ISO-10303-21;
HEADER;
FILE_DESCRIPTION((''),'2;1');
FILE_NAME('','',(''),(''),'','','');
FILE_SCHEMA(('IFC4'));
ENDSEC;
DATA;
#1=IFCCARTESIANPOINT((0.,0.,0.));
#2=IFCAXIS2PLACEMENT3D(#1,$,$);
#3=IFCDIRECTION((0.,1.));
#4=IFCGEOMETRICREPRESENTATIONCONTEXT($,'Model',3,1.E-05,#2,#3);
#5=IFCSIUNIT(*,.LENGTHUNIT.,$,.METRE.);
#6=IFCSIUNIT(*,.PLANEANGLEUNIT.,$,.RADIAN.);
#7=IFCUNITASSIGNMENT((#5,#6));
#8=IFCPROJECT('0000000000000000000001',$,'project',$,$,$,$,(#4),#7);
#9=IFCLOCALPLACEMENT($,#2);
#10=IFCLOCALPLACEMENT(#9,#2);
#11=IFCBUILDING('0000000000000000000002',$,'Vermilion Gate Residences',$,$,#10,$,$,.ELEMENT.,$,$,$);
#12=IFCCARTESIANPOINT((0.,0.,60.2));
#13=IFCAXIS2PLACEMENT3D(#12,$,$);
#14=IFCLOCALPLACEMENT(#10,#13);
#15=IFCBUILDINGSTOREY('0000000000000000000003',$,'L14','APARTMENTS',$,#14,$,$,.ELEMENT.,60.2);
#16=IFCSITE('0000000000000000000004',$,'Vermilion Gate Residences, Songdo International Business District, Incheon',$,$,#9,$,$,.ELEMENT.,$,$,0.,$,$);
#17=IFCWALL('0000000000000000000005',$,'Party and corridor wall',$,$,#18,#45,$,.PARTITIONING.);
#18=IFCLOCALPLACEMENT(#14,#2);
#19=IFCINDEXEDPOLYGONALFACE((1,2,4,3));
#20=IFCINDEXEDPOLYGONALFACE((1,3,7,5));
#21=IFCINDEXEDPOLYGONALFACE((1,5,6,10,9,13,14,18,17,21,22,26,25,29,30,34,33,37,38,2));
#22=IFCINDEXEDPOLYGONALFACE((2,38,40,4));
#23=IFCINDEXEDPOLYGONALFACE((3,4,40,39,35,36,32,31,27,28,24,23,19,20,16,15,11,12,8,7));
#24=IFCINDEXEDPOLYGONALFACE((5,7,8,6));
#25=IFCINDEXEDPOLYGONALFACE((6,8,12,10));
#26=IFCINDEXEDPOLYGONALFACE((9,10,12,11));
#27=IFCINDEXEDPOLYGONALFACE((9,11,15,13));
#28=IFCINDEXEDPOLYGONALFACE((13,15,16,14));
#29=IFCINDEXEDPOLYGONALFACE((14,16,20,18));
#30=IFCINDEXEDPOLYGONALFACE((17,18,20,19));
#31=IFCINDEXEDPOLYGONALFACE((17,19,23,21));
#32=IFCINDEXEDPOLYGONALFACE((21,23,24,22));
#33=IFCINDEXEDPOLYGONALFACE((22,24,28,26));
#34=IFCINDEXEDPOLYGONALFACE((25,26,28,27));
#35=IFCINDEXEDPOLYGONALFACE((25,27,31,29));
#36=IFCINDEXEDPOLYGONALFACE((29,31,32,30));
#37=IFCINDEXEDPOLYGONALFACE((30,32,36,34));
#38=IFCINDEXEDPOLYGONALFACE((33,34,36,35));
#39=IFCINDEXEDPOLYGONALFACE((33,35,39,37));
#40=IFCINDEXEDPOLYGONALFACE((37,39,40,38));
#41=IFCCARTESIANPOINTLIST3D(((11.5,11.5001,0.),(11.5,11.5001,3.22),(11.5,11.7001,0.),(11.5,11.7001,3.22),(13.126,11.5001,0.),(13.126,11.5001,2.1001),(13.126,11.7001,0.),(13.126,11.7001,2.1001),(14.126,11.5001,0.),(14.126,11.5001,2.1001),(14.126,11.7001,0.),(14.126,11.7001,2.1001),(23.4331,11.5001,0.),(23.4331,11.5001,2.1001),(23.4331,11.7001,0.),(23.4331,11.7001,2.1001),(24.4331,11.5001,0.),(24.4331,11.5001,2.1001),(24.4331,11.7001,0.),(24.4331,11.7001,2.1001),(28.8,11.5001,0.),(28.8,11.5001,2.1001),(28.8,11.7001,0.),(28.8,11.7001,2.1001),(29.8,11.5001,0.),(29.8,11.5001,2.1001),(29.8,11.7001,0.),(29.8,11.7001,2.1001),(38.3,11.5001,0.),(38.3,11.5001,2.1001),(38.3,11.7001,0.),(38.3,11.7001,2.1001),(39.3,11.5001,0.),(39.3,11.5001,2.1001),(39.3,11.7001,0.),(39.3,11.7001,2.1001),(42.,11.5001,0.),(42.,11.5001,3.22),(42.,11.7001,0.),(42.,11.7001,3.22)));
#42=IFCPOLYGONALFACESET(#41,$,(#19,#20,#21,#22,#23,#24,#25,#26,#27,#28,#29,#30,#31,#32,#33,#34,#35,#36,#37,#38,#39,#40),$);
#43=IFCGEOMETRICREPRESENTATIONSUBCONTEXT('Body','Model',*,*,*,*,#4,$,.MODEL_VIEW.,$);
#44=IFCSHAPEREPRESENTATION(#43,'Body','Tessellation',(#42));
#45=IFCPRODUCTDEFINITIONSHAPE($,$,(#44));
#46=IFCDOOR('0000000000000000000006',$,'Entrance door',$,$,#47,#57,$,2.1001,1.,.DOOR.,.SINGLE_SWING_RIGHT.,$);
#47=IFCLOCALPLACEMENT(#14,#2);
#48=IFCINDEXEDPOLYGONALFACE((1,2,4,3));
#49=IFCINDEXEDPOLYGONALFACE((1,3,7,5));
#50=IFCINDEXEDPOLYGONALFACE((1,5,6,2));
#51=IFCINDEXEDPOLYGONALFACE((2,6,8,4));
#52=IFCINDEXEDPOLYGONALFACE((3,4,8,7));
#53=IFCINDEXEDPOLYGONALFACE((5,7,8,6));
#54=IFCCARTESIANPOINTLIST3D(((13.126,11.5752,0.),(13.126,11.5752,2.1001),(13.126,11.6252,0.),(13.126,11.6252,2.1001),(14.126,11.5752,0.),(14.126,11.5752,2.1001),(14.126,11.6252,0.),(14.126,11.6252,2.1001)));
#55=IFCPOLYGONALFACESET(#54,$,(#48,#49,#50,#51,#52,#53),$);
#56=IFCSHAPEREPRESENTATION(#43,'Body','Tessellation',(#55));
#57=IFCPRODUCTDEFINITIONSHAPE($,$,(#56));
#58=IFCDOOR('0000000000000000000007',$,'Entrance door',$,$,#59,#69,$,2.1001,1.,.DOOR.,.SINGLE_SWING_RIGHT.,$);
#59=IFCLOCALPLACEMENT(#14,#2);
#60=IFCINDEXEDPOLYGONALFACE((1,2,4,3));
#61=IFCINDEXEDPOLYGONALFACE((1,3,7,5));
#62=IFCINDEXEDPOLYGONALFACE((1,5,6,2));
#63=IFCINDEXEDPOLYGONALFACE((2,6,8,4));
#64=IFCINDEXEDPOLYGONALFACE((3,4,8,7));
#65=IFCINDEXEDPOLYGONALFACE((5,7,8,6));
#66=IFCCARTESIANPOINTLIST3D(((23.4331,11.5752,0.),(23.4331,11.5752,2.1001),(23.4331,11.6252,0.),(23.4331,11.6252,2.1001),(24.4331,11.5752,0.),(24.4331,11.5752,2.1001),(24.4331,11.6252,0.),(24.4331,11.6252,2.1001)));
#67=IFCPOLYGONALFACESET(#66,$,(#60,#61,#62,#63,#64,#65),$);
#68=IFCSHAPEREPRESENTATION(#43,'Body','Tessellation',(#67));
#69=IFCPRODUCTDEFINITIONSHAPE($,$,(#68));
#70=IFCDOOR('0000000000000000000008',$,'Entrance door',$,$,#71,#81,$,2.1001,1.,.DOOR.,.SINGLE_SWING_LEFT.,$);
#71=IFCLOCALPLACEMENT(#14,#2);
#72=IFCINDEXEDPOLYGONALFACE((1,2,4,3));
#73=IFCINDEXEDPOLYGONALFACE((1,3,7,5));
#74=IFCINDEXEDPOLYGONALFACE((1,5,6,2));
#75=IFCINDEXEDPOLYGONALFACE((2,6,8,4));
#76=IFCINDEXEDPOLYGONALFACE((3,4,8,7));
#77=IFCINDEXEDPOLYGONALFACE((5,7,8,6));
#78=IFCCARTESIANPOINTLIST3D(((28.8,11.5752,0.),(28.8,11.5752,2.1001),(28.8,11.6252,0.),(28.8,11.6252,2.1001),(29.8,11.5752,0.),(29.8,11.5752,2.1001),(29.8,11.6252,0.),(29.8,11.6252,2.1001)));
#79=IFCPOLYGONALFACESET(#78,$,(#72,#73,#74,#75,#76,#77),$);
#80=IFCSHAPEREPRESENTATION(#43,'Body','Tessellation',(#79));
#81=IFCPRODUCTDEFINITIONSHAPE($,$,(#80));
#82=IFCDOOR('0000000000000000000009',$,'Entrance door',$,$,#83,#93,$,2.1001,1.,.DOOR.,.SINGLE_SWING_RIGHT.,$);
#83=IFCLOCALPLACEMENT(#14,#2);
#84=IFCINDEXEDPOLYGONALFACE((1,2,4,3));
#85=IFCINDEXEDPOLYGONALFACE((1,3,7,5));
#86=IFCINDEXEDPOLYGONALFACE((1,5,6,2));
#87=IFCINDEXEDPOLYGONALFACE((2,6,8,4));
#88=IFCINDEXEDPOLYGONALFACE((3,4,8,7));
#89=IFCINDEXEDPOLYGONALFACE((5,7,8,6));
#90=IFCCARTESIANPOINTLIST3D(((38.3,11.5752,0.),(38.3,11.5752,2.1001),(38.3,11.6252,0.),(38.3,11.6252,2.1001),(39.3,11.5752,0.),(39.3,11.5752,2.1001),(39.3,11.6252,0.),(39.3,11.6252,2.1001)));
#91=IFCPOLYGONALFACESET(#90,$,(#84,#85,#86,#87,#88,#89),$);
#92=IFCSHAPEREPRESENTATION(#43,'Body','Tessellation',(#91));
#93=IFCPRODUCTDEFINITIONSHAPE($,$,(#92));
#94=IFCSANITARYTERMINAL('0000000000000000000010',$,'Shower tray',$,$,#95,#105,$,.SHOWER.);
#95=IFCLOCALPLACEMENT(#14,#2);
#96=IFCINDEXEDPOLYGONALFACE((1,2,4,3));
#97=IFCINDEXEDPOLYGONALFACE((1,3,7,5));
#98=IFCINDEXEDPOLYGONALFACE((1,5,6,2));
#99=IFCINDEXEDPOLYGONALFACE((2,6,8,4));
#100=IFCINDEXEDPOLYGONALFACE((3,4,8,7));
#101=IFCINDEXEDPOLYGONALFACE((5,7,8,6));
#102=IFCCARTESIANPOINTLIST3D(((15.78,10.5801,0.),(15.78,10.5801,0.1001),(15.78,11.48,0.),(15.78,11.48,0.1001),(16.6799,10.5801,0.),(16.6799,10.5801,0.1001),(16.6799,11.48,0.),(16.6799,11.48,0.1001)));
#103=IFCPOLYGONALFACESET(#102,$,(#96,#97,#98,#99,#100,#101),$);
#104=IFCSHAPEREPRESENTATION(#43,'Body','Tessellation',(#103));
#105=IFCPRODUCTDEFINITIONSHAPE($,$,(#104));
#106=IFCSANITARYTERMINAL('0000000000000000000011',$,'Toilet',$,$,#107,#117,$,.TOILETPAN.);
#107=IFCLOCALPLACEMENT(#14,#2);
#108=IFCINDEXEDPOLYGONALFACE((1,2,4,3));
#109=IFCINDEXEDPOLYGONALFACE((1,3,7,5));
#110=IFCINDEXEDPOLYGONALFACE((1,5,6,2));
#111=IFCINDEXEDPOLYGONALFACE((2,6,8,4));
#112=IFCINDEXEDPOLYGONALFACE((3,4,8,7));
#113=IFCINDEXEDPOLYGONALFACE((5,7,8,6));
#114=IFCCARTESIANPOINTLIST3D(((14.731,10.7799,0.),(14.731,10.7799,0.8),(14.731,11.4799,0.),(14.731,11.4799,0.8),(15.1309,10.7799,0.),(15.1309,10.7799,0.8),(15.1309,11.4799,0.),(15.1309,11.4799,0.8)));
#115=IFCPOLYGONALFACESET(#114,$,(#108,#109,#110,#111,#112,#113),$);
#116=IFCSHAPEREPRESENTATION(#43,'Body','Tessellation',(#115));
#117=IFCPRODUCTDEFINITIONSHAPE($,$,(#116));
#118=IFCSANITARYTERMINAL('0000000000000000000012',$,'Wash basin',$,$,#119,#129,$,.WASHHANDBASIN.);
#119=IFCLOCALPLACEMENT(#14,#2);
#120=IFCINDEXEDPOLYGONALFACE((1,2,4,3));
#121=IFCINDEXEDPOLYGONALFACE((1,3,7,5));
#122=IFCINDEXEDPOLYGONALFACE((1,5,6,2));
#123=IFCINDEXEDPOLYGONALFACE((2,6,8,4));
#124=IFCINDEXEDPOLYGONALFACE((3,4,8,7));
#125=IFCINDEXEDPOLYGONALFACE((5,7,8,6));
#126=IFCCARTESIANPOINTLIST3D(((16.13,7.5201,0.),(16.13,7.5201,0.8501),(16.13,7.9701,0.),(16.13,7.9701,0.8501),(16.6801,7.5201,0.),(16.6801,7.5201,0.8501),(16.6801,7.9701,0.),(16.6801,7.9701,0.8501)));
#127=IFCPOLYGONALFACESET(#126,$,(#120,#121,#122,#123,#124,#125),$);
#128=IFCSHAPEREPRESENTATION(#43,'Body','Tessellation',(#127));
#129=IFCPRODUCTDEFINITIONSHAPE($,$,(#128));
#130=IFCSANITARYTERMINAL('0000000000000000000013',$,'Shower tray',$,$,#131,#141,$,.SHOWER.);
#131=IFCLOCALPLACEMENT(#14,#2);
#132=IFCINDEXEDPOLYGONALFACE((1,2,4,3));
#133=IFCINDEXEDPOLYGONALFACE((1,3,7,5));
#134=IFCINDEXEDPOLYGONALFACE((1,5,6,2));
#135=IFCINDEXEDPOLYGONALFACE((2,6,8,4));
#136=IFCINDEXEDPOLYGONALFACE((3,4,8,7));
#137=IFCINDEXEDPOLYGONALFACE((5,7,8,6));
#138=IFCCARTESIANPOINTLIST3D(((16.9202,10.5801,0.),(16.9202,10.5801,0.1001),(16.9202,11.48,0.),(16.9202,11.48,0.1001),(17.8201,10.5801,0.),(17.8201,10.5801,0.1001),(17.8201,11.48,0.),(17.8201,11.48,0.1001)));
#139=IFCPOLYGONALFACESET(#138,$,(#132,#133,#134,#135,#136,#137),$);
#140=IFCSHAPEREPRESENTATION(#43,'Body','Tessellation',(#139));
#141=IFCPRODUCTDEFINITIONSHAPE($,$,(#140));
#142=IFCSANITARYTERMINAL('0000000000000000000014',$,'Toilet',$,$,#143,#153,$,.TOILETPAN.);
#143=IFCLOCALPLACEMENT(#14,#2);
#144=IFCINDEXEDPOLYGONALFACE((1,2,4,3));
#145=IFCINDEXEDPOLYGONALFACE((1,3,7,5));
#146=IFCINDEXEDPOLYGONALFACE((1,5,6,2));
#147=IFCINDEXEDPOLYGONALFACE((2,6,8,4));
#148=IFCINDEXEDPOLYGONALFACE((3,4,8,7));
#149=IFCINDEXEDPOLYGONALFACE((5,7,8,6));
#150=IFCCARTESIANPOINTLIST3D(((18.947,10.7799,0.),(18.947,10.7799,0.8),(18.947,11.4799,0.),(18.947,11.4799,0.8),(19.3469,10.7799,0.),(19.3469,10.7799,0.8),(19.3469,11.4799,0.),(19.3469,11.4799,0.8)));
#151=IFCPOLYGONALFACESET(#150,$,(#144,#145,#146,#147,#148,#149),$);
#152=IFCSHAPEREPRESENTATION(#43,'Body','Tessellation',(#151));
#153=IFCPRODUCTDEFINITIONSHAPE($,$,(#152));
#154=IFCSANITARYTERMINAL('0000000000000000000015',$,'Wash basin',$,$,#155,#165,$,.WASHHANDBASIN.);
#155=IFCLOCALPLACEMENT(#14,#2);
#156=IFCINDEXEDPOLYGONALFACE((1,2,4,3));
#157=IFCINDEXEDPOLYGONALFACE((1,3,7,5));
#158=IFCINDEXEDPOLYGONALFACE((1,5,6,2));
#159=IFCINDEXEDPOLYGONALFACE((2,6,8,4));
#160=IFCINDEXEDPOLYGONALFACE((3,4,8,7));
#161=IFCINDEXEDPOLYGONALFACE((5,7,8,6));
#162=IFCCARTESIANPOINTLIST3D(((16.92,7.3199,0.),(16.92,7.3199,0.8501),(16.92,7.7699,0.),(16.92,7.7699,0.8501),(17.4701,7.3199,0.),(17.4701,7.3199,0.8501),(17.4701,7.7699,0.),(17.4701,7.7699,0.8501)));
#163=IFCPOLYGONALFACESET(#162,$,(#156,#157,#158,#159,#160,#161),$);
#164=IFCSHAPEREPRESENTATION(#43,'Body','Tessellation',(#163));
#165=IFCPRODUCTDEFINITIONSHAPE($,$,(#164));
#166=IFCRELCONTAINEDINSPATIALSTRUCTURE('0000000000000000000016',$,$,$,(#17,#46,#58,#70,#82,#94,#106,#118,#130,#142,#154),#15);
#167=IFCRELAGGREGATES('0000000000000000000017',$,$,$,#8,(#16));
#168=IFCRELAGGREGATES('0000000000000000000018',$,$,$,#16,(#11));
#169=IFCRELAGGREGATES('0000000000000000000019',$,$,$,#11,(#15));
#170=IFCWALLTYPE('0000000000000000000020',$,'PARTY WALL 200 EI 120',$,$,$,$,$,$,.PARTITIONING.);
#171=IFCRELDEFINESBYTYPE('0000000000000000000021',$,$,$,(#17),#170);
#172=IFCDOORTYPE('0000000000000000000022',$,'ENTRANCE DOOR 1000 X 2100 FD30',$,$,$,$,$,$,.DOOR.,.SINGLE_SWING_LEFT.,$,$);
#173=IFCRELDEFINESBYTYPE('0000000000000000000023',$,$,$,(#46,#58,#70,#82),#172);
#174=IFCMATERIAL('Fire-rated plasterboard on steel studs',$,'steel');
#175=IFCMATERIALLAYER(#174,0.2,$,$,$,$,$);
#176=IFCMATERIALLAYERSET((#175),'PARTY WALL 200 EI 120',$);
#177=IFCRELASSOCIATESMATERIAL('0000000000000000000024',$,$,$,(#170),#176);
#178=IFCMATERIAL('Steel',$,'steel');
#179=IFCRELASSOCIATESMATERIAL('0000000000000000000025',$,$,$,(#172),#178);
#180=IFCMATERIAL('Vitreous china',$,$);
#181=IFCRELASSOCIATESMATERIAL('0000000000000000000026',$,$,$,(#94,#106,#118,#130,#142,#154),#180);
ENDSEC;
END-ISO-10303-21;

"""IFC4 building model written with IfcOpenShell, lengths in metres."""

from ifc_helpers import new_model, si_unit, direction, frame, frame_2d, origin, origin_2d, place, context, subcontext, project, spatial, rectangle, extrude, material, layer, layer_set, type_object, element, fill, save


model = new_model("IFC4")

# Units and contexts
model_context = context("Model", 3, precision=1e-05, world=origin(), true_north=direction((0.0, 1.0)))
body_context = subcontext(model_context, "Body", "Model", "MODEL_VIEW")
ifc_project = project(units=[si_unit("LENGTHUNIT", "METRE"), si_unit("PLANEANGLEUNIT", "RADIAN")], contexts=[model_context])

# Site, building, storey
site_placement = place(None, origin())
site = spatial("IfcSite", under=ifc_project, at=site_placement, Name="Vermilion Gate Residences, Songdo International Business District, Incheon", CompositionType="ELEMENT", RefElevation=0.0)
building_placement = place(site_placement, origin())
building = spatial("IfcBuilding", under=site, at=building_placement, Name="Vermilion Gate Residences", CompositionType="ELEMENT")
storey_placement = place(building_placement, frame((0.0, 0.0, 60.2)))
storey = spatial("IfcBuildingStorey", under=building, at=storey_placement, Name="L14", Description="APARTMENTS", CompositionType="ELEMENT", Elevation=60.2)

# Wall, openings, doors
ifc_material_1 = material(Name="Fire-rated plasterboard on steel studs", Category="steel")
ifc_layer_1 = layer(ifc_material_1, 0.2)
ifc_layer_set_1 = layer_set([ifc_layer_1], Name="PARTY WALL 200 EI 120")
wall_type_1 = type_object("IfcWallType", Name="PARTY WALL 200 EI 120", PredefinedType="PARTITIONING", material=ifc_layer_set_1)
wall_1_placement = place(storey_placement, frame((11.5, 11.6001, 0.0), z_axis=(0.0, 0.0, 1.0), x_axis=(1.0, 0.0, 0.0)))
wall_1 = element("IfcWall", 1, at=wall_1_placement, inside=storey, type_object=wall_type_1, Name="Party and corridor wall", PredefinedType="PARTITIONING", context=body_context, shape_type="SweptSolid", body=[
    extrude(rectangle(XDim=30.5, YDim=0.2, at=frame_2d((15.25, 0.0))), origin(), (0.0, 0.0, 1.0), 3.22),
])
opening_1_placement = place(wall_1_placement, frame((1.626, 0.0, 0.0)))
opening_1 = element("IfcOpeningElement", 2, at=opening_1_placement, cuts=wall_1, PredefinedType="OPENING", context=body_context, shape_type="SweptSolid", body=[
    extrude(rectangle(XDim=1.0, YDim=2.1001, at=frame_2d((0.5, 1.05))), frame((0.0, 0.1099, 0.0), z_axis=(0.0, -1.0, 0.0), x_axis=(1.0, 0.0, 0.0)), (0.0, 0.0, 1.0), 0.22),
])
opening_2_placement = place(wall_1_placement, frame((11.9331, 0.0, 0.0)))
opening_2 = element("IfcOpeningElement", 3, at=opening_2_placement, cuts=wall_1, PredefinedType="OPENING", context=body_context, shape_type="SweptSolid", body=[
    extrude(rectangle(XDim=1.0, YDim=2.1001, at=frame_2d((0.5, 1.05))), frame((0.0, 0.1099, 0.0), z_axis=(0.0, -1.0, 0.0), x_axis=(1.0, 0.0, 0.0)), (0.0, 0.0, 1.0), 0.22),
])
opening_3_placement = place(wall_1_placement, frame((17.3, 0.0, 0.0)))
opening_3 = element("IfcOpeningElement", 4, at=opening_3_placement, cuts=wall_1, PredefinedType="OPENING", context=body_context, shape_type="SweptSolid", body=[
    extrude(rectangle(XDim=1.0, YDim=2.1001, at=frame_2d((0.5, 1.05))), frame((0.0, 0.1099, 0.0), z_axis=(0.0, -1.0, 0.0), x_axis=(1.0, 0.0, 0.0)), (0.0, 0.0, 1.0), 0.22),
])
opening_4_placement = place(wall_1_placement, frame((26.8, 0.0, 0.0)))
opening_4 = element("IfcOpeningElement", 5, at=opening_4_placement, cuts=wall_1, PredefinedType="OPENING", context=body_context, shape_type="SweptSolid", body=[
    extrude(rectangle(XDim=1.0, YDim=2.1001, at=frame_2d((0.5, 1.05))), frame((0.0, 0.1099, 0.0), z_axis=(0.0, -1.0, 0.0), x_axis=(1.0, 0.0, 0.0)), (0.0, 0.0, 1.0), 0.22),
])
ifc_material_2 = material(Name="Steel", Category="steel")
door_type_1 = type_object("IfcDoorType", Name="ENTRANCE DOOR 1000 X 2100 FD30", OperationType="SINGLE_SWING_LEFT", PredefinedType="DOOR", material=ifc_material_2)
door_1_placement = place(opening_1_placement, frame((1.0, 0.0, 0.0), z_axis=(0.0, 0.0, 1.0), x_axis=(-1.0, 0.0, 0.0)))
door_1 = element("IfcDoor", 6, at=door_1_placement, inside=storey, type_object=door_type_1, Name="Entrance door", OperationType="SINGLE_SWING_RIGHT", OverallHeight=2.1001, OverallWidth=1.0, PredefinedType="DOOR", context=body_context, shape_type="SweptSolid", body=[
    extrude(rectangle(XDim=1.0, YDim=2.1001, at=frame_2d((0.5, 1.05))), frame((0.0, 0.0249, 0.0), z_axis=(0.0, -1.0, 0.0), x_axis=(1.0, 0.0, 0.0)), (0.0, 0.0, 1.0), 0.05),
])
fill(opening_1, door_1)
door_2_placement = place(opening_2_placement, frame((1.0, 0.0, 0.0), z_axis=(0.0, 0.0, 1.0), x_axis=(-1.0, 0.0, 0.0)))
door_2 = element("IfcDoor", 7, at=door_2_placement, inside=storey, type_object=door_type_1, Name="Entrance door", OperationType="SINGLE_SWING_RIGHT", OverallHeight=2.1001, OverallWidth=1.0, PredefinedType="DOOR", context=body_context, shape_type="SweptSolid", body=[
    extrude(rectangle(XDim=1.0, YDim=2.1001, at=frame_2d((0.5, 1.05))), frame((0.0, 0.0249, 0.0), z_axis=(0.0, -1.0, 0.0), x_axis=(1.0, 0.0, 0.0)), (0.0, 0.0, 1.0), 0.05),
])
fill(opening_2, door_2)
door_3_placement = place(opening_3_placement, frame((1.0, 0.0, 0.0), z_axis=(0.0, 0.0, 1.0), x_axis=(-1.0, 0.0, 0.0)))
door_3 = element("IfcDoor", 8, at=door_3_placement, inside=storey, type_object=door_type_1, Name="Entrance door", OperationType="SINGLE_SWING_LEFT", OverallHeight=2.1001, OverallWidth=1.0, PredefinedType="DOOR", context=body_context, shape_type="SweptSolid", body=[
    extrude(rectangle(XDim=1.0, YDim=2.1001, at=frame_2d((0.5, 1.05))), frame((0.0, 0.0249, 0.0), z_axis=(0.0, -1.0, 0.0), x_axis=(1.0, 0.0, 0.0)), (0.0, 0.0, 1.0), 0.05),
])
fill(opening_3, door_3)
door_4_placement = place(opening_4_placement, frame((1.0, 0.0, 0.0), z_axis=(0.0, 0.0, 1.0), x_axis=(-1.0, 0.0, 0.0)))
door_4 = element("IfcDoor", 9, at=door_4_placement, inside=storey, type_object=door_type_1, Name="Entrance door", OperationType="SINGLE_SWING_RIGHT", OverallHeight=2.1001, OverallWidth=1.0, PredefinedType="DOOR", context=body_context, shape_type="SweptSolid", body=[
    extrude(rectangle(XDim=1.0, YDim=2.1001, at=frame_2d((0.5, 1.05))), frame((0.0, 0.0249, 0.0), z_axis=(0.0, -1.0, 0.0), x_axis=(1.0, 0.0, 0.0)), (0.0, 0.0, 1.0), 0.05),
])
fill(opening_4, door_4)

# Sanitary terminals
ifc_material_3 = material(Name="Vitreous china")
sanitary_terminal_1_placement = place(storey_placement, frame((16.23, 11.03, 0.0), z_axis=(0.0, 0.0, 1.0), x_axis=(1.0, 0.0, 0.0)))
element("IfcSanitaryTerminal", 10, at=sanitary_terminal_1_placement, inside=storey, material=ifc_material_3, Name="Shower tray", PredefinedType="SHOWER", context=body_context, shape_type="SweptSolid", body=[
    extrude(rectangle(XDim=0.8999, YDim=0.8999, at=origin_2d()), origin(), (0.0, 0.0, 1.0), 0.1001),
])
sanitary_terminal_2_placement = place(storey_placement, frame((14.9309, 11.1299, 0.0), z_axis=(0.0, 0.0, 1.0), x_axis=(1.0, 0.0, 0.0)))
element("IfcSanitaryTerminal", 11, at=sanitary_terminal_2_placement, inside=storey, material=ifc_material_3, Name="Toilet", PredefinedType="TOILETPAN", context=body_context, shape_type="SweptSolid", body=[
    extrude(rectangle(XDim=0.3999, YDim=0.7, at=origin_2d()), origin(), (0.0, 0.0, 1.0), 0.8),
])
sanitary_terminal_3_placement = place(storey_placement, frame((16.405, 7.7451, 0.0), z_axis=(0.0, 0.0, 1.0), x_axis=(1.0, 0.0, 0.0)))
element("IfcSanitaryTerminal", 12, at=sanitary_terminal_3_placement, inside=storey, material=ifc_material_3, Name="Wash basin", PredefinedType="WASHHANDBASIN", context=body_context, shape_type="SweptSolid", body=[
    extrude(rectangle(XDim=0.55, YDim=0.45, at=origin_2d()), origin(), (0.0, 0.0, 1.0), 0.8501),
])
sanitary_terminal_4_placement = place(storey_placement, frame((17.3701, 11.03, 0.0), z_axis=(0.0, 0.0, 1.0), x_axis=(1.0, 0.0, 0.0)))
element("IfcSanitaryTerminal", 13, at=sanitary_terminal_4_placement, inside=storey, material=ifc_material_3, Name="Shower tray", PredefinedType="SHOWER", context=body_context, shape_type="SweptSolid", body=[
    extrude(rectangle(XDim=0.8999, YDim=0.8999, at=origin_2d()), origin(), (0.0, 0.0, 1.0), 0.1001),
])
sanitary_terminal_5_placement = place(storey_placement, frame((19.147, 11.1299, 0.0), z_axis=(0.0, 0.0, 1.0), x_axis=(1.0, 0.0, 0.0)))
element("IfcSanitaryTerminal", 14, at=sanitary_terminal_5_placement, inside=storey, material=ifc_material_3, Name="Toilet", PredefinedType="TOILETPAN", context=body_context, shape_type="SweptSolid", body=[
    extrude(rectangle(XDim=0.3999, YDim=0.7, at=origin_2d()), origin(), (0.0, 0.0, 1.0), 0.8),
])
sanitary_terminal_6_placement = place(storey_placement, frame((17.1951, 7.5449, 0.0), z_axis=(0.0, 0.0, 1.0), x_axis=(1.0, 0.0, 0.0)))
element("IfcSanitaryTerminal", 15, at=sanitary_terminal_6_placement, inside=storey, material=ifc_material_3, Name="Wash basin", PredefinedType="WASHHANDBASIN", context=body_context, shape_type="SweptSolid", body=[
    extrude(rectangle(XDim=0.55, YDim=0.45, at=origin_2d()), origin(), (0.0, 0.0, 1.0), 0.8501),
])

save(model, "model.ifc")
